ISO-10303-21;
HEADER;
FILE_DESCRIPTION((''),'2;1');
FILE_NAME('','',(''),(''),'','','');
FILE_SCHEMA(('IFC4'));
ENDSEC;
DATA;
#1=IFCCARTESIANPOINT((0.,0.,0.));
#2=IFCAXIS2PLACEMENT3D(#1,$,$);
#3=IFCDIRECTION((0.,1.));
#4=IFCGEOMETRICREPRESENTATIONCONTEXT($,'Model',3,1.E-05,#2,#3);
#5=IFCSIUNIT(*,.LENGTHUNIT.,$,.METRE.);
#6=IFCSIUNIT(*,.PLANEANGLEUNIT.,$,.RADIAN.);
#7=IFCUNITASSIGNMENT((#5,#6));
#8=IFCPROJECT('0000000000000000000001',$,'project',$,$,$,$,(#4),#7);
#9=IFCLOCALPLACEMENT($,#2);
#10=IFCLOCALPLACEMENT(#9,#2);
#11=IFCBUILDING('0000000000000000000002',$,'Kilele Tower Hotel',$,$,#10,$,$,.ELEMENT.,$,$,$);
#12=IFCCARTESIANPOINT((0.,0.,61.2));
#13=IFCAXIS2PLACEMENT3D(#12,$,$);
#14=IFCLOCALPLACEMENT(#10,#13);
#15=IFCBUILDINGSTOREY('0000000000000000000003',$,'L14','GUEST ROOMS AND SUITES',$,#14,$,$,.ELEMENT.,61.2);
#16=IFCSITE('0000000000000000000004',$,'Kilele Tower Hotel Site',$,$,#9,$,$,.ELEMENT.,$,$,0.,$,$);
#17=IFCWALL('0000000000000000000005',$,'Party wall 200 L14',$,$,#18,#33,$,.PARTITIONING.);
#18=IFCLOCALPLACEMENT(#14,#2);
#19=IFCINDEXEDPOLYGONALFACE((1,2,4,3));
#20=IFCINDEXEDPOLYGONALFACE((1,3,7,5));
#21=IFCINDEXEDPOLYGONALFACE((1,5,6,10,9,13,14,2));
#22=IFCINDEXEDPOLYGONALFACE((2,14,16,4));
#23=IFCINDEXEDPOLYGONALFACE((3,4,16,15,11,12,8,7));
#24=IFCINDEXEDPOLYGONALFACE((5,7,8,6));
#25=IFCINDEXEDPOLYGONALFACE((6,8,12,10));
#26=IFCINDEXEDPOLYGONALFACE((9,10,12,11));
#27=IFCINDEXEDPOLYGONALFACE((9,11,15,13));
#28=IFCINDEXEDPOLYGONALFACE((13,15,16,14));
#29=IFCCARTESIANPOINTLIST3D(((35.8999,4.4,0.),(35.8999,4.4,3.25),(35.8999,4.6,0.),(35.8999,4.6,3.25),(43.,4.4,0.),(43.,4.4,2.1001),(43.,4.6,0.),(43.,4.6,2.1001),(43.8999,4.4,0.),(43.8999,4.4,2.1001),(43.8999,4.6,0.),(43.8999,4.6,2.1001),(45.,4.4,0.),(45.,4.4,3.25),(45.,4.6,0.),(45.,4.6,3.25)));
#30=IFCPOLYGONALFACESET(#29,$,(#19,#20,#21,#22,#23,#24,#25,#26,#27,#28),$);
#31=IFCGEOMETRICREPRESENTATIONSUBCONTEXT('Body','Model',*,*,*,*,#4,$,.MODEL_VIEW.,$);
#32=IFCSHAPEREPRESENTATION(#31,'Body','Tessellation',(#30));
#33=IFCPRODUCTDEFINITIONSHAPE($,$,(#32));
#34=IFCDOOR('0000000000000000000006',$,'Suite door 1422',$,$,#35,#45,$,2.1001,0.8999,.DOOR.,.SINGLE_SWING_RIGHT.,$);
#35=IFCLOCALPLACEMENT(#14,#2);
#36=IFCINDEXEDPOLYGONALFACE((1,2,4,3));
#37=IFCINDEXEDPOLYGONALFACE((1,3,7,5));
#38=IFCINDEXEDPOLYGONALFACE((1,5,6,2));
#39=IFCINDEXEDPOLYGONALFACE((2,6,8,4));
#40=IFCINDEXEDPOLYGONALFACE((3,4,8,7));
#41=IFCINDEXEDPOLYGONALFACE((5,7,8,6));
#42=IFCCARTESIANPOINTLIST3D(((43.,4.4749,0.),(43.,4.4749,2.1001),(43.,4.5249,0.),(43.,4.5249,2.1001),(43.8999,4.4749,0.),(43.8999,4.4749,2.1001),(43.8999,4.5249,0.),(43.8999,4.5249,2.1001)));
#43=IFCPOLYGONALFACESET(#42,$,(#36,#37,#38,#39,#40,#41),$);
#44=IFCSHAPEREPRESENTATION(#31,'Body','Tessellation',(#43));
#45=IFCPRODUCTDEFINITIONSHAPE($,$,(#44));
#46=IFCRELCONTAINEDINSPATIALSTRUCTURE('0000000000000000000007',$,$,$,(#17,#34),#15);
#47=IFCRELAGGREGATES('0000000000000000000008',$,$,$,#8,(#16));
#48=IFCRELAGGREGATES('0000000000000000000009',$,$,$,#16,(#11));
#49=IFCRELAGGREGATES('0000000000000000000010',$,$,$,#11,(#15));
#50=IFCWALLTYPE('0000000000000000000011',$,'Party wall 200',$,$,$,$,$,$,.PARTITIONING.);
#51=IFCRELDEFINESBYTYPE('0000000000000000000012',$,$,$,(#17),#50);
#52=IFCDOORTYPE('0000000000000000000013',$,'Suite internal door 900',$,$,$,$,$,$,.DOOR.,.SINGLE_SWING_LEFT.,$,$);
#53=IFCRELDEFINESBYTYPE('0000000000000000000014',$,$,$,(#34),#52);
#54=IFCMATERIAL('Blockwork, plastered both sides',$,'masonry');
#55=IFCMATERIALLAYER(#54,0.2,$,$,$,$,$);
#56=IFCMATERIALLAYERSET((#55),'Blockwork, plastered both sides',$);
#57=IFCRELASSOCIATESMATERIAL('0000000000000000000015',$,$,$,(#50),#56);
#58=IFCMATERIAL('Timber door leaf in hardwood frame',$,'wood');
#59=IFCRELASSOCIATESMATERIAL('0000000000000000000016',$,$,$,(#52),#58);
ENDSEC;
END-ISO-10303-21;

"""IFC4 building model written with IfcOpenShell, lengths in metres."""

from ifc_helpers import new_model, si_unit, direction, frame, frame_2d, origin, place, context, subcontext, project, spatial, rectangle, extrude, material, layer, layer_set, type_object, element, fill, save


model = new_model("IFC4")

# Units and contexts
model_context = context("Model", 3, precision=1e-05, world=origin(), true_north=direction((0.0, 1.0)))
body_context = subcontext(model_context, "Body", "Model", "MODEL_VIEW")
ifc_project = project(units=[si_unit("LENGTHUNIT", "METRE"), si_unit("PLANEANGLEUNIT", "RADIAN")], contexts=[model_context])

# Site, building, storey
site_placement = place(None, origin())
site = spatial("IfcSite", under=ifc_project, at=site_placement, Name="Kilele Tower Hotel Site", CompositionType="ELEMENT", RefElevation=0.0)
building_placement = place(site_placement, origin())
building = spatial("IfcBuilding", under=site, at=building_placement, Name="Kilele Tower Hotel", CompositionType="ELEMENT")
storey_placement = place(building_placement, frame((0.0, 0.0, 61.2)))
storey = spatial("IfcBuildingStorey", under=building, at=storey_placement, Name="L14", Description="GUEST ROOMS AND SUITES", CompositionType="ELEMENT", Elevation=61.2)

# Wall, opening, door
ifc_material_1 = material(Name="Blockwork, plastered both sides", Category="masonry")
ifc_layer_1 = layer(ifc_material_1, 0.2)
ifc_layer_set_1 = layer_set([ifc_layer_1], Name="Blockwork, plastered both sides")
wall_type_1 = type_object("IfcWallType", Name="Party wall 200", PredefinedType="PARTITIONING", material=ifc_layer_set_1)
wall_1_placement = place(storey_placement, frame((35.8999, 4.5, 0.0), z_axis=(0.0, 0.0, 1.0), x_axis=(1.0, 0.0, 0.0)))
wall_1 = element("IfcWall", 1, at=wall_1_placement, inside=storey, type_object=wall_type_1, Name="Party wall 200 L14", PredefinedType="PARTITIONING", context=body_context, shape_type="SweptSolid", body=[
    extrude(rectangle(XDim=9.1001, YDim=0.2, at=frame_2d((4.55, 0.0))), origin(), (0.0, 0.0, 1.0), 3.25),
])
opening_1_placement = place(wall_1_placement, frame((7.1001, 0.0, 0.0)))
opening_1 = element("IfcOpeningElement", 2, at=opening_1_placement, cuts=wall_1, PredefinedType="OPENING", context=body_context, shape_type="SweptSolid", body=[
    extrude(rectangle(XDim=0.8999, YDim=2.1001, at=frame_2d((0.45, 1.05))), frame((0.0, 0.1099, 0.0), z_axis=(0.0, -1.0, 0.0), x_axis=(1.0, 0.0, 0.0)), (0.0, 0.0, 1.0), 0.22),
])
ifc_material_2 = material(Name="Timber door leaf in hardwood frame", Category="wood")
door_type_1 = type_object("IfcDoorType", Name="Suite internal door 900", OperationType="SINGLE_SWING_LEFT", PredefinedType="DOOR", material=ifc_material_2)
door_1_placement = place(opening_1_placement, origin())
door_1 = element("IfcDoor", 3, at=door_1_placement, inside=storey, type_object=door_type_1, Name="Suite door 1422", OperationType="SINGLE_SWING_RIGHT", OverallHeight=2.1001, OverallWidth=0.8999, PredefinedType="DOOR", context=body_context, shape_type="SweptSolid", body=[
    extrude(rectangle(XDim=0.8999, YDim=2.1001, at=frame_2d((0.45, 1.05))), frame((0.0, 0.0249, 0.0), z_axis=(0.0, -1.0, 0.0), x_axis=(1.0, 0.0, 0.0)), (0.0, 0.0, 1.0), 0.05),
])
fill(opening_1, door_1)

save(model, "model.ifc")
